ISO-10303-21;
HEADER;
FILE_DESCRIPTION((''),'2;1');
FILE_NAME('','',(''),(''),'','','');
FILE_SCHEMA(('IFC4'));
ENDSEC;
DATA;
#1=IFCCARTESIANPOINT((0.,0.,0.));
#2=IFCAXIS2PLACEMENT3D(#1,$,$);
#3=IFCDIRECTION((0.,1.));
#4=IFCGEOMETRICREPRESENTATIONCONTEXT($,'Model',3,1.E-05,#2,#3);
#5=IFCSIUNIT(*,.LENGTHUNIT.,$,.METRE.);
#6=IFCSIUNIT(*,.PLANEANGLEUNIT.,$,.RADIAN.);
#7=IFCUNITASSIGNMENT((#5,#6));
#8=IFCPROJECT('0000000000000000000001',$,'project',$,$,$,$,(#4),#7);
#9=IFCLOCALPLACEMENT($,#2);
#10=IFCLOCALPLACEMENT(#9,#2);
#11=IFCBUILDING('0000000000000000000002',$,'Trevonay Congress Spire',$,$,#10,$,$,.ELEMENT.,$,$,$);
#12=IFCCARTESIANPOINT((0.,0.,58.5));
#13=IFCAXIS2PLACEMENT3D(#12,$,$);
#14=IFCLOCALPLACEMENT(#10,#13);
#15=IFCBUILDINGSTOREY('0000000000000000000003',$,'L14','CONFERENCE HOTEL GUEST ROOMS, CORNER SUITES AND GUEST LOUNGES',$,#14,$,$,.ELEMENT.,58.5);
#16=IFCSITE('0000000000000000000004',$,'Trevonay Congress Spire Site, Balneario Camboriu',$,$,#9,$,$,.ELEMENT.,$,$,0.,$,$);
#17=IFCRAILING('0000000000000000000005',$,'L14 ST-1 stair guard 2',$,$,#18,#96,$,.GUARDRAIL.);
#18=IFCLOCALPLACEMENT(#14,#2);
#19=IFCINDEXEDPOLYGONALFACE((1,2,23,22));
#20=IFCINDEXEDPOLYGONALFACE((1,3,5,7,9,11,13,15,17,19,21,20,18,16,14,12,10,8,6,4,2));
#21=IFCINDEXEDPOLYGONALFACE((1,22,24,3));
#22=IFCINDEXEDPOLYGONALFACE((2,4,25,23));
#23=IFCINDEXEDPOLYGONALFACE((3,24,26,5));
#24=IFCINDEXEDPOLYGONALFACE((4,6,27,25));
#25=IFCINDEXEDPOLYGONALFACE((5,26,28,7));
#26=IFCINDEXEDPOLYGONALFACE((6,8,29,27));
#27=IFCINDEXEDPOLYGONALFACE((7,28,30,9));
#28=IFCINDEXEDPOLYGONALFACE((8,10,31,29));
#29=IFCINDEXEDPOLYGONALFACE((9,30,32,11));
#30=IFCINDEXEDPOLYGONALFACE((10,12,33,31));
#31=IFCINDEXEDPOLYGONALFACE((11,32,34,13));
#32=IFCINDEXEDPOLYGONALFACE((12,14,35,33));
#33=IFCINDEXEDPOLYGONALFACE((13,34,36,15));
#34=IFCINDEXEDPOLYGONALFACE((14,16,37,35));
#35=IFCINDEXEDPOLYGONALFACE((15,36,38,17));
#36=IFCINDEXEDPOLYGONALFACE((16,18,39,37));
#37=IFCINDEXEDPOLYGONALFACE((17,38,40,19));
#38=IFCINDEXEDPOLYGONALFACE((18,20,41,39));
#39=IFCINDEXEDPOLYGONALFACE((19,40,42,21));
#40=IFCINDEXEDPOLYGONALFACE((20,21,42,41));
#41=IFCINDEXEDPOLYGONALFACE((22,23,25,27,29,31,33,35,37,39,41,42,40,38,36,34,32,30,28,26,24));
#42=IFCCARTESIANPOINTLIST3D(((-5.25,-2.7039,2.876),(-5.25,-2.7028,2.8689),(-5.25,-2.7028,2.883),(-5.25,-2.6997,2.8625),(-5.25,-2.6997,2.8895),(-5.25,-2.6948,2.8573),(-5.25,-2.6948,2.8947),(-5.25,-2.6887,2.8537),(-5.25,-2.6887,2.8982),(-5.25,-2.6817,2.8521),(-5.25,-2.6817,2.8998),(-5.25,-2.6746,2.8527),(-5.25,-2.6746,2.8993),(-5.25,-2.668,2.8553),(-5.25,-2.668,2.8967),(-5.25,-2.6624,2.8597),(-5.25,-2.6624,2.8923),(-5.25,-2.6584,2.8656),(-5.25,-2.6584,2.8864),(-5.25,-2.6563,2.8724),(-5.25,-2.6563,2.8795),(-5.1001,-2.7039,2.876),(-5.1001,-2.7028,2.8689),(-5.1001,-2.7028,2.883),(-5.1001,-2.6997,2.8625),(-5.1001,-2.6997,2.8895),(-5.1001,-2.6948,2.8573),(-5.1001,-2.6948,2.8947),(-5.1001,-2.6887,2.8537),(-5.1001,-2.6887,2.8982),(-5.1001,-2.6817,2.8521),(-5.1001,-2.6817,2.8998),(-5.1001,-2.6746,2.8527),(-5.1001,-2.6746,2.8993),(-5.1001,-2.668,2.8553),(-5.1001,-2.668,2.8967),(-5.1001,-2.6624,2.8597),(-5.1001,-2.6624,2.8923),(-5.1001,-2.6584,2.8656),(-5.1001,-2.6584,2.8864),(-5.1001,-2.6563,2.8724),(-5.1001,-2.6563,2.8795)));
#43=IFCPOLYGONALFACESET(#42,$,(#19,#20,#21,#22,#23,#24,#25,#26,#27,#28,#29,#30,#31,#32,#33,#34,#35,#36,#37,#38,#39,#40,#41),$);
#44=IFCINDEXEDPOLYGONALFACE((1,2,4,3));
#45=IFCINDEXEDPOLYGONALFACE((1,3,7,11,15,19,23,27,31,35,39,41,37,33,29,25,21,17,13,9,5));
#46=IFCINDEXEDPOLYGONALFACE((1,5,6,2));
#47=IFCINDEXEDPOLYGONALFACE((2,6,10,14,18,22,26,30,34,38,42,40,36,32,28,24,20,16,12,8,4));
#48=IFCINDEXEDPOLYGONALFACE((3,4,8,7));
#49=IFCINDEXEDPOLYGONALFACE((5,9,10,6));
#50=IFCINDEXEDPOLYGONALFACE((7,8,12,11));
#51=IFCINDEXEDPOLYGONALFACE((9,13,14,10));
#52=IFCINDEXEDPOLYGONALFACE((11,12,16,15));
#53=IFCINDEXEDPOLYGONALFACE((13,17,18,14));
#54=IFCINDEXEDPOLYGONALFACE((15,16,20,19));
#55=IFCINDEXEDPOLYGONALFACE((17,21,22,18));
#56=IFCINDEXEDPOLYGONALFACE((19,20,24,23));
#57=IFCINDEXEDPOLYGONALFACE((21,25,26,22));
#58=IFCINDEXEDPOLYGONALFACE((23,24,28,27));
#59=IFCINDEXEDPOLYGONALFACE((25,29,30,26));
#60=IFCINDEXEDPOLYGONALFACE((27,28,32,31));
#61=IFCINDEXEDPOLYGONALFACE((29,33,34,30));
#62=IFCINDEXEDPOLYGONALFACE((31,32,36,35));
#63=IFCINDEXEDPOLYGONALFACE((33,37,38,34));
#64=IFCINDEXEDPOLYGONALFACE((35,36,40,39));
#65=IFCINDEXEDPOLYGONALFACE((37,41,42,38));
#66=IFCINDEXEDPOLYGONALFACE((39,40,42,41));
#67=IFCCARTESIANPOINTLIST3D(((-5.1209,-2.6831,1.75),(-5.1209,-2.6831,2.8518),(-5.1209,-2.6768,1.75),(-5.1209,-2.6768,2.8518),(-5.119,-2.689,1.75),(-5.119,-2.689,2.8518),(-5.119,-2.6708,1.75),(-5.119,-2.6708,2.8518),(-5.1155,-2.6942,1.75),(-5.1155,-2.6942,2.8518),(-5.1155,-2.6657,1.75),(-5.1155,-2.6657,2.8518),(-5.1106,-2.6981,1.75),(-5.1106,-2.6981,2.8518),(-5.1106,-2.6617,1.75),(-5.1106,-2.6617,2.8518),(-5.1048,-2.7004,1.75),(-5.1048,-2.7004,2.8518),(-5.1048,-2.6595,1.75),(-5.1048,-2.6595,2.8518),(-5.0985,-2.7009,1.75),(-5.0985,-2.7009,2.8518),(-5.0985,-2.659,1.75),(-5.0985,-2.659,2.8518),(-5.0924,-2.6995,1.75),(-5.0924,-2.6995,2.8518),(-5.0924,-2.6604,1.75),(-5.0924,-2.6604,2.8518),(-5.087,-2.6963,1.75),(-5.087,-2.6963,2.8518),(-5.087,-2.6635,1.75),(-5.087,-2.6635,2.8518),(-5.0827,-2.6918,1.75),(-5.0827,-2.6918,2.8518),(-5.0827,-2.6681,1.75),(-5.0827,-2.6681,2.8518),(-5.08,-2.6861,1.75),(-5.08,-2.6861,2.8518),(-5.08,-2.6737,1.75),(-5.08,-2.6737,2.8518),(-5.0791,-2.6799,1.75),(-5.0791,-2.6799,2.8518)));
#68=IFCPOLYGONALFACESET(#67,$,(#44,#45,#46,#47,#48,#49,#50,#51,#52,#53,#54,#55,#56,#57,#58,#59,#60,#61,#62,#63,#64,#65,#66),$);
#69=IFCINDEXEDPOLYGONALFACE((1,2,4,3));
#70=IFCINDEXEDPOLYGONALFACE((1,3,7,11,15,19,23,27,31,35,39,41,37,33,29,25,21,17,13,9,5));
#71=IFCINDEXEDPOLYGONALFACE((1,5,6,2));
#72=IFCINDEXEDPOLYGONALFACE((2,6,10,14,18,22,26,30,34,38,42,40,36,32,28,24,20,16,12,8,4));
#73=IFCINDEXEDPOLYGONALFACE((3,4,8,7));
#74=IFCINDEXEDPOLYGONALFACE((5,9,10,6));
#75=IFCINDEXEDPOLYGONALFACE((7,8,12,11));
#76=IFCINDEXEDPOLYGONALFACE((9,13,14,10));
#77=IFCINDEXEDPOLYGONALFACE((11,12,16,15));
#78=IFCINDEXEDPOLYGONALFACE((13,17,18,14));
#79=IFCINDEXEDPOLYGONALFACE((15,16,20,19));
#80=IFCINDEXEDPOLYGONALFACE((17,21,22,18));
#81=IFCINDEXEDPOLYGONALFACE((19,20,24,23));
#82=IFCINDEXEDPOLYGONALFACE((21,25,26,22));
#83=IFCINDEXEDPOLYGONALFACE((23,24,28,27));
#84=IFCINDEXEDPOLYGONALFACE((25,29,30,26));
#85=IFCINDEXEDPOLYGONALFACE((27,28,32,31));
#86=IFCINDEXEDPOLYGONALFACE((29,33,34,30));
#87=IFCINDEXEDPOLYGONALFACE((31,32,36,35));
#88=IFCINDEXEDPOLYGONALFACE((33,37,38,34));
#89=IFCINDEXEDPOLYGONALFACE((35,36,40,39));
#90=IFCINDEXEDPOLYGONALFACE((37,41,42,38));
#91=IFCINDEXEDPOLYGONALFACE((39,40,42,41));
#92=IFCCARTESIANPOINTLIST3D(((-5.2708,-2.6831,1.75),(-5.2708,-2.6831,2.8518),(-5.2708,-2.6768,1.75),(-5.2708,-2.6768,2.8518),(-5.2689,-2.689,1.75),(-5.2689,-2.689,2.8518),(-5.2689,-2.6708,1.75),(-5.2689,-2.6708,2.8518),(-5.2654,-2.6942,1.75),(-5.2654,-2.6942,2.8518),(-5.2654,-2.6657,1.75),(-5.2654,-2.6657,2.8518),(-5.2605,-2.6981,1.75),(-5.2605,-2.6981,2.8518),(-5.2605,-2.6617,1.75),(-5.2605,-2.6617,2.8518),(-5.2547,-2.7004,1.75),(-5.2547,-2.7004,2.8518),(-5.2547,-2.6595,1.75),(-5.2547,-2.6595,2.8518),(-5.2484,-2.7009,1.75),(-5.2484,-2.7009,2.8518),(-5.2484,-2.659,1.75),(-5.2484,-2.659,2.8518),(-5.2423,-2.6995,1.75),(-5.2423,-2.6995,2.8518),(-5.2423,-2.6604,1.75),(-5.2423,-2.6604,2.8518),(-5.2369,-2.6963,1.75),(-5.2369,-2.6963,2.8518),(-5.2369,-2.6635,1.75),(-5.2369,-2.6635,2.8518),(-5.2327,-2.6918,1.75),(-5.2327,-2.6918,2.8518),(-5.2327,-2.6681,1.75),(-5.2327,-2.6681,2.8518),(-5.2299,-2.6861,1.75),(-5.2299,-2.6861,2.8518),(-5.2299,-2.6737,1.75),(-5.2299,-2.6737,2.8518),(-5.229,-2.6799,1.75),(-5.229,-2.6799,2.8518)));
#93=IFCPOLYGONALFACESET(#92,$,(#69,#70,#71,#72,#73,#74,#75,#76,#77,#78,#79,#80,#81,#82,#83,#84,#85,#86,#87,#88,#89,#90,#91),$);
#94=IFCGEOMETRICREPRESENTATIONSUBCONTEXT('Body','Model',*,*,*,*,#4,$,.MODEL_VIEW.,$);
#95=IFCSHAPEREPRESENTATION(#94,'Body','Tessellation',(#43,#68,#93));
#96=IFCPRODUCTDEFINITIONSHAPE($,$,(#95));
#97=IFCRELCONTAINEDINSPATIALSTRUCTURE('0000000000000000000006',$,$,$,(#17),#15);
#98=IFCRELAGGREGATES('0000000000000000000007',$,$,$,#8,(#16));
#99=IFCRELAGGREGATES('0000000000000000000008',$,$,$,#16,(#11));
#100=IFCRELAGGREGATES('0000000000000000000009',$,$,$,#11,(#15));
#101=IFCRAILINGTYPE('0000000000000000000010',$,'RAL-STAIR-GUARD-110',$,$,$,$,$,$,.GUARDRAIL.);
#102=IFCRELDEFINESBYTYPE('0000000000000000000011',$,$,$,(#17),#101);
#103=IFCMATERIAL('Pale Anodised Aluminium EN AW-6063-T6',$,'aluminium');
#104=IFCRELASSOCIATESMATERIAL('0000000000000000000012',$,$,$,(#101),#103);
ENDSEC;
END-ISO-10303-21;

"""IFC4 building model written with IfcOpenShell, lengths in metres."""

from ifc_helpers import new_model, si_unit, direction, frame, origin, origin_2d, place, context, subcontext, project, spatial, circle, extrude, material, type_object, element, save


model = new_model("IFC4")

# Units and contexts
model_context = context("Model", 3, precision=1e-05, world=origin(), true_north=direction((0.0, 1.0)))
body_context = subcontext(model_context, "Body", "Model", "MODEL_VIEW")
ifc_project = project(units=[si_unit("LENGTHUNIT", "METRE"), si_unit("PLANEANGLEUNIT", "RADIAN")], contexts=[model_context])

# Site, building, storey
site_placement = place(None, origin())
site = spatial("IfcSite", under=ifc_project, at=site_placement, Name="Trevonay Congress Spire Site, Balneario Camboriu", CompositionType="ELEMENT", RefElevation=0.0)
building_placement = place(site_placement, origin())
building = spatial("IfcBuilding", under=site, at=building_placement, Name="Trevonay Congress Spire", CompositionType="ELEMENT")
storey_placement = place(building_placement, frame((0.0, 0.0, 58.5)))
storey = spatial("IfcBuildingStorey", under=building, at=storey_placement, Name="L14", Description="CONFERENCE HOTEL GUEST ROOMS, CORNER SUITES AND GUEST LOUNGES", CompositionType="ELEMENT", Elevation=58.5)

# Shared definitions
ifc_material_1 = material(Name="Pale Anodised Aluminium EN AW-6063-T6", Category="aluminium")

# Railing
railing_type_1 = type_object("IfcRailingType", Name="RAL-STAIR-GUARD-110", PredefinedType="GUARDRAIL", material=ifc_material_1)
railing_1_placement = place(storey_placement, frame((-5.1001, -2.6799, 1.75)))
element("IfcRailing", 1, at=railing_1_placement, inside=storey, type_object=railing_type_1, Name="L14 ST-1 stair guard 2", PredefinedType="GUARDRAIL", context=body_context, shape_type="SweptSolid", body=[
    extrude(circle(Radius=0.0239, at=origin_2d()), frame((0.0, 0.0, 1.126), z_axis=(-1.0, 0.0, 0.0), x_axis=(0.0, -1.0, 0.0)), (0.0, 0.0, 1.0), 0.1499),
    extrude(circle(Radius=0.021, at=origin_2d()), origin(), (0.0, 0.0, 1.0), 1.1018),
    extrude(circle(Radius=0.021, at=origin_2d()), frame((-0.1499, 0.0, 0.0)), (0.0, 0.0, 1.0), 1.1018),
])

save(model, "model.ifc")
